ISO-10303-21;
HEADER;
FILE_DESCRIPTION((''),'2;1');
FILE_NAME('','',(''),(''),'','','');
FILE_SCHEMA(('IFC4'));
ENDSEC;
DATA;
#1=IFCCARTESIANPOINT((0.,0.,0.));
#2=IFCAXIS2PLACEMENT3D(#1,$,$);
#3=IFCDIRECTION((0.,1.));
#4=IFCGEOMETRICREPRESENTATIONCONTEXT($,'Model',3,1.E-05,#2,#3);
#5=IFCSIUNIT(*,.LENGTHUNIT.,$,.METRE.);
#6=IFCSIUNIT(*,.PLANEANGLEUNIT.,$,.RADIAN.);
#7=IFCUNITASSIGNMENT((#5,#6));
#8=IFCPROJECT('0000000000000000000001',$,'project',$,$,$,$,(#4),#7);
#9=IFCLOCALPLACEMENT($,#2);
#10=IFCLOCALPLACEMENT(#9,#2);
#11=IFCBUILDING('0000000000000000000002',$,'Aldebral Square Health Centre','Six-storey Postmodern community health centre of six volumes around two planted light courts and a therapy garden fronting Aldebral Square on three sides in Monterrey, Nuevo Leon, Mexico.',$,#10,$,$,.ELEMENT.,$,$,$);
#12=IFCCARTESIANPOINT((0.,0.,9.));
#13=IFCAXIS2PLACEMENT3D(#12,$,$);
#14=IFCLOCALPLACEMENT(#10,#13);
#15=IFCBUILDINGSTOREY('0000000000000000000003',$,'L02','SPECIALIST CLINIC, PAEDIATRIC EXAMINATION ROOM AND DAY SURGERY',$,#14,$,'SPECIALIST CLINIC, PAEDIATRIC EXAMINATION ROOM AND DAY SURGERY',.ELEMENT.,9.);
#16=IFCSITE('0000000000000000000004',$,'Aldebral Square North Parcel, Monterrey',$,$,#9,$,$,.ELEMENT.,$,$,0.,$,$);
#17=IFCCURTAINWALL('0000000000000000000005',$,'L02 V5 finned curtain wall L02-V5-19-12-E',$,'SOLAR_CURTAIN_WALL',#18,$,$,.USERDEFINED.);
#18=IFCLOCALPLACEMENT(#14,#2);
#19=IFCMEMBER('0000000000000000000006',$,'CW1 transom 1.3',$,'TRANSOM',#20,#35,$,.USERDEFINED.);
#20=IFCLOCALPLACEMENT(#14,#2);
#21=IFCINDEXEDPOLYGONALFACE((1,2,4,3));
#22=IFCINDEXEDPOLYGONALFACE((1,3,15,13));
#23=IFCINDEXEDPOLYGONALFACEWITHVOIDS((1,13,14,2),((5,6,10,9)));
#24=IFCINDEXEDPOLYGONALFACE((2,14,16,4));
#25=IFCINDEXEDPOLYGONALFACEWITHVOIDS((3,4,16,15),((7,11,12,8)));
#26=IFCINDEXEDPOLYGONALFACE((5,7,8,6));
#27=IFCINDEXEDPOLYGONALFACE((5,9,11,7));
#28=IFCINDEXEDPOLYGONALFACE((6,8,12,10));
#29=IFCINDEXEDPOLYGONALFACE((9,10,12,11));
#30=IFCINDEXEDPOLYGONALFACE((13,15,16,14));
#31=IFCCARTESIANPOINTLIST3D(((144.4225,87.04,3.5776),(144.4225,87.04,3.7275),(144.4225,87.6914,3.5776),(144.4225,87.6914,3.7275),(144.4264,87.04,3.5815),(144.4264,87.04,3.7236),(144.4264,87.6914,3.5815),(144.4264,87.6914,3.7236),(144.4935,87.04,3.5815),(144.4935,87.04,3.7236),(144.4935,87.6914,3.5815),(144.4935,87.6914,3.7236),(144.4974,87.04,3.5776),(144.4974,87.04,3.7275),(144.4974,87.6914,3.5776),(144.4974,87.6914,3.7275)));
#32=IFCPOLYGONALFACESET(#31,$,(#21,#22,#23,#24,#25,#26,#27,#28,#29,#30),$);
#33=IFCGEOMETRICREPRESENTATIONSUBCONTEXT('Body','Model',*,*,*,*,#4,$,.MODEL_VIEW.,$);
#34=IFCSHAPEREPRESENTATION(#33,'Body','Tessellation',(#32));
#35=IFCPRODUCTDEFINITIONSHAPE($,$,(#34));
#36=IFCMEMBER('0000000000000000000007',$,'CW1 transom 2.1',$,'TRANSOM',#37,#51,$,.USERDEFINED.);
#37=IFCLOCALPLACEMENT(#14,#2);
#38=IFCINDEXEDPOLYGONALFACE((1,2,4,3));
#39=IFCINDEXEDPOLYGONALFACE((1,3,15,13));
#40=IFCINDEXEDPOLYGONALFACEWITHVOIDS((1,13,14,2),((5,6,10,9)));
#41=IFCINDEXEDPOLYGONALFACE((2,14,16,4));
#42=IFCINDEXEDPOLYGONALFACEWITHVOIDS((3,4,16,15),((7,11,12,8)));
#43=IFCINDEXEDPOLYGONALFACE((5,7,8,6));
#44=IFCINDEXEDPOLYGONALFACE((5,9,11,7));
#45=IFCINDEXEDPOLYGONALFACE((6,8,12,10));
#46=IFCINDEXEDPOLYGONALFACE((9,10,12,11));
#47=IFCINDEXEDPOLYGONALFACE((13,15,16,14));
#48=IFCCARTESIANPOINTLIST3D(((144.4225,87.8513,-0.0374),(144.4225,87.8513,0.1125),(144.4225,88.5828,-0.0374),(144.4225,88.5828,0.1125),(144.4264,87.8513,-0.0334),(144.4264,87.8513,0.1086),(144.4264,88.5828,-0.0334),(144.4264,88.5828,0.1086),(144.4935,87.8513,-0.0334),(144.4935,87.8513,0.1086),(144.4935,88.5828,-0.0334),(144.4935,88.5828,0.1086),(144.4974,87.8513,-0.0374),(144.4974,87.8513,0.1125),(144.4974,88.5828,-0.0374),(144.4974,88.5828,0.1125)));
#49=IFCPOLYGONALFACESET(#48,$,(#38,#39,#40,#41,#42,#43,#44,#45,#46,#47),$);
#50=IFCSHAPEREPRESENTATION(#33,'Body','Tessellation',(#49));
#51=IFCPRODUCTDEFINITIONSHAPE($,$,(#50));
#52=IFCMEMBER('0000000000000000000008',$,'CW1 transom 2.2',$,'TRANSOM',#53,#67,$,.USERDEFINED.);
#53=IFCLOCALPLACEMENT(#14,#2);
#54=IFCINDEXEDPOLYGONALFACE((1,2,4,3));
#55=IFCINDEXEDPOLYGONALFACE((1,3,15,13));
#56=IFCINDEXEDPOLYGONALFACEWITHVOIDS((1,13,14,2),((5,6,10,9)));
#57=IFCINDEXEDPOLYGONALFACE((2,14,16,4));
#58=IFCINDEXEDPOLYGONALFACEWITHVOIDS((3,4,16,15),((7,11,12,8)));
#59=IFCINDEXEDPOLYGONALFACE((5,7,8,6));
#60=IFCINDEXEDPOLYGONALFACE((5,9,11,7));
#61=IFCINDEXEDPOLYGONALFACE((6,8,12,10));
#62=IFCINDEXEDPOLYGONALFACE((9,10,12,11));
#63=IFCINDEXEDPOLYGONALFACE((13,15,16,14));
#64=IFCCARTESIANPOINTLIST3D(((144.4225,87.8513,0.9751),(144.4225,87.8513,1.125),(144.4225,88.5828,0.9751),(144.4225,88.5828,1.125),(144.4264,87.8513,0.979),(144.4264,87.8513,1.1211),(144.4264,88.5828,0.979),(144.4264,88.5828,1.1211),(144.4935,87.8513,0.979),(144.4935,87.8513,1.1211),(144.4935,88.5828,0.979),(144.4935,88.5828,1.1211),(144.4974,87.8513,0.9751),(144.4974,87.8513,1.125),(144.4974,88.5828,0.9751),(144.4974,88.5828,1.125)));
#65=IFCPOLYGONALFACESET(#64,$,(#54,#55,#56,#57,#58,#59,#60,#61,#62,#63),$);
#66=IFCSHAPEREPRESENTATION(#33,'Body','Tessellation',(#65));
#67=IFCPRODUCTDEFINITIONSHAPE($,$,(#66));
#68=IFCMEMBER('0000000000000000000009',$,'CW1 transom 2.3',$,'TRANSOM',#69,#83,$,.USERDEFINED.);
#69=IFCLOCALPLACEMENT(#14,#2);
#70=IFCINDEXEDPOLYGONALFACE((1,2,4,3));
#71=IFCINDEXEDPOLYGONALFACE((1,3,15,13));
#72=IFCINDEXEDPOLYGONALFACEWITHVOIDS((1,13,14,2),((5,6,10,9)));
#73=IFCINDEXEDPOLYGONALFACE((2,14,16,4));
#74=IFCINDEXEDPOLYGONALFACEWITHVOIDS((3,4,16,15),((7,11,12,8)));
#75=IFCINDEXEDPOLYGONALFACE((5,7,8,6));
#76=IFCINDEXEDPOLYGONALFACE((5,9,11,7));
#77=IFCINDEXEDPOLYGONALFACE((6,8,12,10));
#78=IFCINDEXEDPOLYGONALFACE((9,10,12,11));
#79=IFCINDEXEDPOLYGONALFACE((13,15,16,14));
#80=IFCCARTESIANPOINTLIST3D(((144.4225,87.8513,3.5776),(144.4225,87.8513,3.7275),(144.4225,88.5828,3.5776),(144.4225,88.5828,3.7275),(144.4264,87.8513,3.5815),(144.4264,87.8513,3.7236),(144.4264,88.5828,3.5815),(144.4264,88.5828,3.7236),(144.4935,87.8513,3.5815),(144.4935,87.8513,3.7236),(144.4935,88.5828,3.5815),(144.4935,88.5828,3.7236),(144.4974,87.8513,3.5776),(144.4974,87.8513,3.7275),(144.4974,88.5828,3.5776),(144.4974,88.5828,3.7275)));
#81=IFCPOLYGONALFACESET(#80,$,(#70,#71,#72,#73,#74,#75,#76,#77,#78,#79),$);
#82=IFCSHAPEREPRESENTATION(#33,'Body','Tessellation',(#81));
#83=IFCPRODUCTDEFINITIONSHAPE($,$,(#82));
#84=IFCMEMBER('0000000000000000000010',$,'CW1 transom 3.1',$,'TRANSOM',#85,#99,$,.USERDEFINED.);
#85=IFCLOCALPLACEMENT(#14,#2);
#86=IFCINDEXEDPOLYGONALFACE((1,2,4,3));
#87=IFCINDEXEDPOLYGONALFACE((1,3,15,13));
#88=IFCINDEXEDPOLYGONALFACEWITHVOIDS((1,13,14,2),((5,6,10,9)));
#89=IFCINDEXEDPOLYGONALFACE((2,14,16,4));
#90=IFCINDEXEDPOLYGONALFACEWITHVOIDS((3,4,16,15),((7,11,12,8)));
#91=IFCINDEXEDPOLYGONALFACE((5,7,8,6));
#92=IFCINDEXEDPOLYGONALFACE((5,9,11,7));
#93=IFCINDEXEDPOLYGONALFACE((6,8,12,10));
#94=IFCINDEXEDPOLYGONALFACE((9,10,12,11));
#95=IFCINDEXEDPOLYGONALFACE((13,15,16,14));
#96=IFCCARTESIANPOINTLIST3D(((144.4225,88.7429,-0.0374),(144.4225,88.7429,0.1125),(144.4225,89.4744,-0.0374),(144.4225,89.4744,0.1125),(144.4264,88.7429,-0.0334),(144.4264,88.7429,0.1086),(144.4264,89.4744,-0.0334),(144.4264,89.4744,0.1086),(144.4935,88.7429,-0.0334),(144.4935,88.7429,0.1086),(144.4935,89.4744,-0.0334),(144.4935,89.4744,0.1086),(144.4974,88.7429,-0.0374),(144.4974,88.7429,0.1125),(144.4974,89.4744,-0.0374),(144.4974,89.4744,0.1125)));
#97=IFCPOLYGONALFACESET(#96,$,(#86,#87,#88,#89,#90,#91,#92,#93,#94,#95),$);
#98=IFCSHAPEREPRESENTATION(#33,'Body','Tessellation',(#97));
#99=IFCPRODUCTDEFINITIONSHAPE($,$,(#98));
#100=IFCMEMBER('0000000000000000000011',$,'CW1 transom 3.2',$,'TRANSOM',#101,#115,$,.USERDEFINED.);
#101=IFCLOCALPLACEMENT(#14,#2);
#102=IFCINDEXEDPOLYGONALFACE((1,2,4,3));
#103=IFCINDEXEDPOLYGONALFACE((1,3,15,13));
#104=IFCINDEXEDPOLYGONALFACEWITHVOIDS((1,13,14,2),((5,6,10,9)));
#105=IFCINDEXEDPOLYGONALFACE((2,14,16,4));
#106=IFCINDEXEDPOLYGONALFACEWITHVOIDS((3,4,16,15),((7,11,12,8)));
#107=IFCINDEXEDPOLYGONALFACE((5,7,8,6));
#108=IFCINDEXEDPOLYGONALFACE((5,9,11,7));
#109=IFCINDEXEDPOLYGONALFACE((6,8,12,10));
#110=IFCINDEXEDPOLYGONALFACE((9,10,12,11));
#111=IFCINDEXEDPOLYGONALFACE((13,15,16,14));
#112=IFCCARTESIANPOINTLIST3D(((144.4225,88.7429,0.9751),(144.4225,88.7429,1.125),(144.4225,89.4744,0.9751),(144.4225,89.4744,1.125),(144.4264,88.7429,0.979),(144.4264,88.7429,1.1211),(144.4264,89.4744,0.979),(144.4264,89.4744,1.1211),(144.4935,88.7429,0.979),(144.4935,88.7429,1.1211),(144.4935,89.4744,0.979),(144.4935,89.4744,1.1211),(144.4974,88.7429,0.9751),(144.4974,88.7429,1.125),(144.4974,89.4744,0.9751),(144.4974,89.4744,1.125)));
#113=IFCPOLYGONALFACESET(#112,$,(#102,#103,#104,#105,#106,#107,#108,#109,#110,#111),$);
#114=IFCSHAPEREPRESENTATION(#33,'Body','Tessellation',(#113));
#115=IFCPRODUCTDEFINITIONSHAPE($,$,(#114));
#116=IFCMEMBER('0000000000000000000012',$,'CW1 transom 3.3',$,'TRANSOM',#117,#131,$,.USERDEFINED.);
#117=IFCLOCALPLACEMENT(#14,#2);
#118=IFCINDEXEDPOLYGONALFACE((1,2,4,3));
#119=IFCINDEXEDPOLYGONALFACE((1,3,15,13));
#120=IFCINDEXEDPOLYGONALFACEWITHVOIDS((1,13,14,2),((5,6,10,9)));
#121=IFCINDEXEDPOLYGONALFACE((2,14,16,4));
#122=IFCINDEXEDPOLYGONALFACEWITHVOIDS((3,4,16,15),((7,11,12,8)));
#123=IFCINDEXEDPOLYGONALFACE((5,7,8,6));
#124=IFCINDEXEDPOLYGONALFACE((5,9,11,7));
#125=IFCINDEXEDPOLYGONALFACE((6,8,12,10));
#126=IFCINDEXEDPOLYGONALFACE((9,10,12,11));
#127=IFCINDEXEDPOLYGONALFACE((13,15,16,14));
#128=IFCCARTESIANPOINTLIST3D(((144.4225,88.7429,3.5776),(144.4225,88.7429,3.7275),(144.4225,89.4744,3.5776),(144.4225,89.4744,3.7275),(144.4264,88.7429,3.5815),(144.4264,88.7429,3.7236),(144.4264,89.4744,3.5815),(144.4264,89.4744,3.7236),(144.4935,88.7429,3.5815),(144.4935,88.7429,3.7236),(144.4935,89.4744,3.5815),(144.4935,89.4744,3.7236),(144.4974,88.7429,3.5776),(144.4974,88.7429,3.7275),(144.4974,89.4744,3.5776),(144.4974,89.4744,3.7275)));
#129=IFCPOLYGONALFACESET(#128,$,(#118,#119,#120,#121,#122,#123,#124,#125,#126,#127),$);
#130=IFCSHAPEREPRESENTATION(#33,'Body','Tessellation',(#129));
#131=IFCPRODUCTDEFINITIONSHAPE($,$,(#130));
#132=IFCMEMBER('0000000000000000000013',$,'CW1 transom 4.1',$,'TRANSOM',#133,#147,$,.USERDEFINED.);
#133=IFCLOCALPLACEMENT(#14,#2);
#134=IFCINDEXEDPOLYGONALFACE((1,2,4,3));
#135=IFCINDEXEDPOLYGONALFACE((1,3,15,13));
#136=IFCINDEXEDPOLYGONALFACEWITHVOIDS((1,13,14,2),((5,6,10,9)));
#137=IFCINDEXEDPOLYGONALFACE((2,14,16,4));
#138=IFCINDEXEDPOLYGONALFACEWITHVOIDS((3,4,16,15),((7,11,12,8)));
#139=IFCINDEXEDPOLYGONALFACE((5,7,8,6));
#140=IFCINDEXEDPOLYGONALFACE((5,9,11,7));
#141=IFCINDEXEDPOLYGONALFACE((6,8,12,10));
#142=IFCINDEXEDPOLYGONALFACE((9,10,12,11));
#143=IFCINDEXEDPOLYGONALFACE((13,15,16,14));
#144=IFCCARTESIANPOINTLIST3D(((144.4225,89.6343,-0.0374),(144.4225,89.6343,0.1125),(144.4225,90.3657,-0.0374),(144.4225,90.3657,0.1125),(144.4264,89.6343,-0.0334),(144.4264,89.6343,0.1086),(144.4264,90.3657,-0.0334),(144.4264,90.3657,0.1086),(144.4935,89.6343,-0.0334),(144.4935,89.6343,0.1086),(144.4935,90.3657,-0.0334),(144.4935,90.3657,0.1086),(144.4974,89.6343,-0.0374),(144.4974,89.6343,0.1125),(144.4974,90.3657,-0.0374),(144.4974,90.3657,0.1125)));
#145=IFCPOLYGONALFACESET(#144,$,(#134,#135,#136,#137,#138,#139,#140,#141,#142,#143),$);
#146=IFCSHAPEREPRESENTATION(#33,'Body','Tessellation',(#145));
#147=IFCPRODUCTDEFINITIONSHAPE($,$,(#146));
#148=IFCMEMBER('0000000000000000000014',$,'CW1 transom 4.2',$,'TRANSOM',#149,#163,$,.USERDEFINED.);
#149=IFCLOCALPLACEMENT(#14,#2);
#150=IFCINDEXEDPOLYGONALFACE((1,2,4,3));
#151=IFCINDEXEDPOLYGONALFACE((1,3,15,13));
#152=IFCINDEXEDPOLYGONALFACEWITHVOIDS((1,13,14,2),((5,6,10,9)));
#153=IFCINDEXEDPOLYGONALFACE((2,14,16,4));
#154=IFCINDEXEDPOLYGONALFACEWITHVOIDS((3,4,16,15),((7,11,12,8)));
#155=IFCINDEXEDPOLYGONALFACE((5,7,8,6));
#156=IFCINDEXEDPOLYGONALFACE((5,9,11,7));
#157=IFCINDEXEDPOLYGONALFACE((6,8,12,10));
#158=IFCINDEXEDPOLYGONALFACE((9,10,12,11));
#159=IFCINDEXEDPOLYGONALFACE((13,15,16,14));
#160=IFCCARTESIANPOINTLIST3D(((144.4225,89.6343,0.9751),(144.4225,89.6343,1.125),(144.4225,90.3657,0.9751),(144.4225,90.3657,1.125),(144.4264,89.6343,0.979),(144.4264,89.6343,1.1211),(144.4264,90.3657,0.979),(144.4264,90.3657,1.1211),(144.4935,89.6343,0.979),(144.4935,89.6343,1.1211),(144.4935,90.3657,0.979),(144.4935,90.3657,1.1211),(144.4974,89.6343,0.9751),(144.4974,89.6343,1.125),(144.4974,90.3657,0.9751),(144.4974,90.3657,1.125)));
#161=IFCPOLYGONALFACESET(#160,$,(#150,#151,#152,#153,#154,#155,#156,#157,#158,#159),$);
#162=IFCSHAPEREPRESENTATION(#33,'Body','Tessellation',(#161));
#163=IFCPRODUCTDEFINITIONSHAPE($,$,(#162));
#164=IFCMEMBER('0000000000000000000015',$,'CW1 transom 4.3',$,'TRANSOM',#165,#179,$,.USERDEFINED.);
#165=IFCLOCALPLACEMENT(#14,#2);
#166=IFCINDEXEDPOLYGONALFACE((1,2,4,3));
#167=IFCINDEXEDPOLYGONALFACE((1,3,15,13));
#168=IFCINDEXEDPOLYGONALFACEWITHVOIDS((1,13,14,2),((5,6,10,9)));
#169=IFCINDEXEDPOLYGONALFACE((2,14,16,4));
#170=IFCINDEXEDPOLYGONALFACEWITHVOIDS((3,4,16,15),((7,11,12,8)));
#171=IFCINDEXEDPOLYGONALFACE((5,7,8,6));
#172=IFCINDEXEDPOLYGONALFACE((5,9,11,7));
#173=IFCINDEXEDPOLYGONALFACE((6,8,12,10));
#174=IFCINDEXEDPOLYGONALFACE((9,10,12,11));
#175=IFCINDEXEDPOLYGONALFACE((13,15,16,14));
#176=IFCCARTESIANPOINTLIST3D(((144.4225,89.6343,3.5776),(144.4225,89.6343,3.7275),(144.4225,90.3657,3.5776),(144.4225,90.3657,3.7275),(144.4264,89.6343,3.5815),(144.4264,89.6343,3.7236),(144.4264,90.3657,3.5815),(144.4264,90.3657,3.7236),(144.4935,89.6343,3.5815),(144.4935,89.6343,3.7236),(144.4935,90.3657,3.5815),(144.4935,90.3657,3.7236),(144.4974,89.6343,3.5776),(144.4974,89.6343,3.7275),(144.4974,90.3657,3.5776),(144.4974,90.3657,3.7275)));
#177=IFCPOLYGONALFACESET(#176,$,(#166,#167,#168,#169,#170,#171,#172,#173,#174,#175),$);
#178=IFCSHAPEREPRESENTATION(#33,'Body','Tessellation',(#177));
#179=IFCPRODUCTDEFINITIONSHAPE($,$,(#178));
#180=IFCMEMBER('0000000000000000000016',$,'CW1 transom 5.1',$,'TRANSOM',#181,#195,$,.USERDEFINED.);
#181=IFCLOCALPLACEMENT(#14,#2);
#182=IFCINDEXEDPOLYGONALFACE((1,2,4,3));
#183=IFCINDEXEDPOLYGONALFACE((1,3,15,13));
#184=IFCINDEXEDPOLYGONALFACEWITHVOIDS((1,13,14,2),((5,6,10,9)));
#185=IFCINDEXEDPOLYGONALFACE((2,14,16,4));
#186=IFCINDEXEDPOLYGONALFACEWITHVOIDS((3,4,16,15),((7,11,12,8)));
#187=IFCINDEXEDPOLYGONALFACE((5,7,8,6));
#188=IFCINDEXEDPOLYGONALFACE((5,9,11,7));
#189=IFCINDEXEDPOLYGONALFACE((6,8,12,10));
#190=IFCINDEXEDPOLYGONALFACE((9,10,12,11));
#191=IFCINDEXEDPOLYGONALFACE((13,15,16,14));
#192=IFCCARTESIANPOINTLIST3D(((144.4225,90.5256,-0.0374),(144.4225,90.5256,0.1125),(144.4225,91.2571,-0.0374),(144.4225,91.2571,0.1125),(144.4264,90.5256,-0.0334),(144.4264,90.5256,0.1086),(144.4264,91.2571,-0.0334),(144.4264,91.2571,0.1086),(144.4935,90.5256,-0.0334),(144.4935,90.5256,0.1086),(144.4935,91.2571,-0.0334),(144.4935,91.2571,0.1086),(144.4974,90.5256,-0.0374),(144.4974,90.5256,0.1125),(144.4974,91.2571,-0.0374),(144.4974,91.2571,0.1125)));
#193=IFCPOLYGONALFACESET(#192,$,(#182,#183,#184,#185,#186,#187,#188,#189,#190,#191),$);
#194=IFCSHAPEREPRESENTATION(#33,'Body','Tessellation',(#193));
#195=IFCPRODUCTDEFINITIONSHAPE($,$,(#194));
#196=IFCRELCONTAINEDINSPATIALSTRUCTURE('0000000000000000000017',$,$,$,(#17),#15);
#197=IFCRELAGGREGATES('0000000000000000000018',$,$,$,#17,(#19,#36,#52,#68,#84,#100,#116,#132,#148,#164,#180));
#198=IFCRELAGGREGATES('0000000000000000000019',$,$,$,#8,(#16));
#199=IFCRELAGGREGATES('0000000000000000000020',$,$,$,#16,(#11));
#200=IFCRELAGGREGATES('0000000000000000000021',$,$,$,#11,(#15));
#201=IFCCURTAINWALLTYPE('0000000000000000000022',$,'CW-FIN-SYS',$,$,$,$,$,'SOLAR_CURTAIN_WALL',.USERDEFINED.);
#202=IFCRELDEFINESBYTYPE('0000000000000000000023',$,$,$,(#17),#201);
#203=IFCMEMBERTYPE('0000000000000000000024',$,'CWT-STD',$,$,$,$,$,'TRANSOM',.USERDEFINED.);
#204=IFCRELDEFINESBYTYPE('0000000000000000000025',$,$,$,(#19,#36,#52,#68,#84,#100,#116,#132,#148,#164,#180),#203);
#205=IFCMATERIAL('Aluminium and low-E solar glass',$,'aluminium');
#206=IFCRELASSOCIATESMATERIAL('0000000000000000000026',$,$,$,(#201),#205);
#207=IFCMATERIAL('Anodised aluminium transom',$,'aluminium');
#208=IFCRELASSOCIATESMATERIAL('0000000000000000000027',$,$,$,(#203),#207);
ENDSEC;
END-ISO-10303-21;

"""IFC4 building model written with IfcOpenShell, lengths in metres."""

from ifc_helpers import new_model, si_unit, direction, frame, origin, origin_2d, place, context, subcontext, project, spatial, hollow_rectangle, extrude, material, material_profile, profile_set, type_object, element, aggregate, save


model = new_model("IFC4")

# Units and contexts
model_context = context("Model", 3, precision=1e-05, world=origin(), true_north=direction((0.0, 1.0)))
body_context = subcontext(model_context, "Body", "Model", "MODEL_VIEW")
ifc_project = project(units=[si_unit("LENGTHUNIT", "METRE"), si_unit("PLANEANGLEUNIT", "RADIAN")], contexts=[model_context])

# Site, building, storey
site_placement = place(None, origin())
site = spatial("IfcSite", under=ifc_project, at=site_placement, Name="Aldebral Square North Parcel, Monterrey", CompositionType="ELEMENT", RefElevation=0.0)
building_placement = place(site_placement, origin())
building = spatial("IfcBuilding", under=site, at=building_placement, Name="Aldebral Square Health Centre", Description="Six-storey Postmodern community health centre of six volumes around two planted light courts and a therapy garden fronting Aldebral Square on three sides in Monterrey, Nuevo Leon, Mexico.", CompositionType="ELEMENT")
storey_placement = place(building_placement, frame((0.0, 0.0, 9.0)))
storey = spatial("IfcBuildingStorey", under=building, at=storey_placement, Name="L02", Description="SPECIALIST CLINIC, PAEDIATRIC EXAMINATION ROOM AND DAY SURGERY", LongName="SPECIALIST CLINIC, PAEDIATRIC EXAMINATION ROOM AND DAY SURGERY", CompositionType="ELEMENT", Elevation=9.0)

# Shared definitions
ifc_material_1 = material(Name="Aluminium and low-E solar glass", Category="aluminium")
curtain_wall_type = type_object("IfcCurtainWallType", Name="CW-FIN-SYS", ElementType="SOLAR_CURTAIN_WALL", PredefinedType="USERDEFINED", material=ifc_material_1)

# Curtain wall
curtain_wall_1_placement = place(storey_placement, origin())
curtain_wall_1 = element("IfcCurtainWall", 1, at=curtain_wall_1_placement, inside=storey, type_object=curtain_wall_type, Name="L02 V5 finned curtain wall L02-V5-19-12-E", ObjectType="SOLAR_CURTAIN_WALL", PredefinedType="USERDEFINED")

# Members
ifc_material_2 = material(Name="Anodised aluminium transom", Category="aluminium")
ifc_material_profile_1 = material_profile(ifc_material_2, hollow_rectangle(XDim=0.075, YDim=0.1499, WallThickness=0.0039, at=origin_2d()), Name="CWT 75x150x4")
ifc_profile_set_1 = profile_set([ifc_material_profile_1], Name="Anodised aluminium transom")
member_type_1 = type_object("IfcMemberType", Name="CWT-STD", ElementType="TRANSOM", PredefinedType="USERDEFINED", material=ifc_profile_set_1)
member_1_placement = place(storey_placement, frame((144.46, 87.04, 3.6526), z_axis=(0.0, 1.0, 0.0), x_axis=(-1.0, 0.0, 0.0)))
member_1 = element("IfcMember", 2, at=member_1_placement, type_object=member_type_1, Name="CW1 transom 1.3", ObjectType="TRANSOM", PredefinedType="USERDEFINED", context=body_context, shape_type="SweptSolid", body=[
    extrude(hollow_rectangle(XDim=0.075, YDim=0.1499, WallThickness=0.0039, at=origin_2d()), origin(), (0.0, 0.0, 1.0), 0.6514),
])
member_2_placement = place(storey_placement, frame((144.46, 87.8513, 0.0376), z_axis=(0.0, 1.0, 0.0), x_axis=(-1.0, 0.0, 0.0)))
member_2 = element("IfcMember", 3, at=member_2_placement, type_object=member_type_1, Name="CW1 transom 2.1", ObjectType="TRANSOM", PredefinedType="USERDEFINED", context=body_context, shape_type="SweptSolid", body=[
    extrude(hollow_rectangle(XDim=0.075, YDim=0.1499, WallThickness=0.0039, at=origin_2d()), origin(), (0.0, 0.0, 1.0), 0.7314),
])
member_3_placement = place(storey_placement, frame((144.46, 87.8513, 1.05), z_axis=(0.0, 1.0, 0.0), x_axis=(-1.0, 0.0, 0.0)))
member_3 = element("IfcMember", 4, at=member_3_placement, type_object=member_type_1, Name="CW1 transom 2.2", ObjectType="TRANSOM", PredefinedType="USERDEFINED", context=body_context, shape_type="SweptSolid", body=[
    extrude(hollow_rectangle(XDim=0.075, YDim=0.1499, WallThickness=0.0039, at=origin_2d()), origin(), (0.0, 0.0, 1.0), 0.7314),
])
member_4_placement = place(storey_placement, frame((144.46, 87.8513, 3.6526), z_axis=(0.0, 1.0, 0.0), x_axis=(-1.0, 0.0, 0.0)))
member_4 = element("IfcMember", 5, at=member_4_placement, type_object=member_type_1, Name="CW1 transom 2.3", ObjectType="TRANSOM", PredefinedType="USERDEFINED", context=body_context, shape_type="SweptSolid", body=[
    extrude(hollow_rectangle(XDim=0.075, YDim=0.1499, WallThickness=0.0039, at=origin_2d()), origin(), (0.0, 0.0, 1.0), 0.7314),
])
member_5_placement = place(storey_placement, frame((144.46, 88.7429, 0.0376), z_axis=(0.0, 1.0, 0.0), x_axis=(-1.0, 0.0, 0.0)))
member_5 = element("IfcMember", 6, at=member_5_placement, type_object=member_type_1, Name="CW1 transom 3.1", ObjectType="TRANSOM", PredefinedType="USERDEFINED", context=body_context, shape_type="SweptSolid", body=[
    extrude(hollow_rectangle(XDim=0.075, YDim=0.1499, WallThickness=0.0039, at=origin_2d()), origin(), (0.0, 0.0, 1.0), 0.7314),
])
member_6_placement = place(storey_placement, frame((144.46, 88.7429, 1.05), z_axis=(0.0, 1.0, 0.0), x_axis=(-1.0, 0.0, 0.0)))
member_6 = element("IfcMember", 7, at=member_6_placement, type_object=member_type_1, Name="CW1 transom 3.2", ObjectType="TRANSOM", PredefinedType="USERDEFINED", context=body_context, shape_type="SweptSolid", body=[
    extrude(hollow_rectangle(XDim=0.075, YDim=0.1499, WallThickness=0.0039, at=origin_2d()), origin(), (0.0, 0.0, 1.0), 0.7314),
])
member_7_placement = place(storey_placement, frame((144.46, 88.7429, 3.6526), z_axis=(0.0, 1.0, 0.0), x_axis=(-1.0, 0.0, 0.0)))
member_7 = element("IfcMember", 8, at=member_7_placement, type_object=member_type_1, Name="CW1 transom 3.3", ObjectType="TRANSOM", PredefinedType="USERDEFINED", context=body_context, shape_type="SweptSolid", body=[
    extrude(hollow_rectangle(XDim=0.075, YDim=0.1499, WallThickness=0.0039, at=origin_2d()), origin(), (0.0, 0.0, 1.0), 0.7314),
])
member_8_placement = place(storey_placement, frame((144.46, 89.6343, 0.0376), z_axis=(0.0, 1.0, 0.0), x_axis=(-1.0, 0.0, 0.0)))
member_8 = element("IfcMember", 9, at=member_8_placement, type_object=member_type_1, Name="CW1 transom 4.1", ObjectType="TRANSOM", PredefinedType="USERDEFINED", context=body_context, shape_type="SweptSolid", body=[
    extrude(hollow_rectangle(XDim=0.075, YDim=0.1499, WallThickness=0.0039, at=origin_2d()), origin(), (0.0, 0.0, 1.0), 0.7314),
])
member_9_placement = place(storey_placement, frame((144.46, 89.6343, 1.05), z_axis=(0.0, 1.0, 0.0), x_axis=(-1.0, 0.0, 0.0)))
member_9 = element("IfcMember", 10, at=member_9_placement, type_object=member_type_1, Name="CW1 transom 4.2", ObjectType="TRANSOM", PredefinedType="USERDEFINED", context=body_context, shape_type="SweptSolid", body=[
    extrude(hollow_rectangle(XDim=0.075, YDim=0.1499, WallThickness=0.0039, at=origin_2d()), origin(), (0.0, 0.0, 1.0), 0.7314),
])
member_10_placement = place(storey_placement, frame((144.46, 89.6343, 3.6526), z_axis=(0.0, 1.0, 0.0), x_axis=(-1.0, 0.0, 0.0)))
member_10 = element("IfcMember", 11, at=member_10_placement, type_object=member_type_1, Name="CW1 transom 4.3", ObjectType="TRANSOM", PredefinedType="USERDEFINED", context=body_context, shape_type="SweptSolid", body=[
    extrude(hollow_rectangle(XDim=0.075, YDim=0.1499, WallThickness=0.0039, at=origin_2d()), origin(), (0.0, 0.0, 1.0), 0.7314),
])
member_11_placement = place(storey_placement, frame((144.46, 90.5256, 0.0376), z_axis=(0.0, 1.0, 0.0), x_axis=(-1.0, 0.0, 0.0)))
member_11 = element("IfcMember", 12, at=member_11_placement, type_object=member_type_1, Name="CW1 transom 5.1", ObjectType="TRANSOM", PredefinedType="USERDEFINED", context=body_context, shape_type="SweptSolid", body=[
    extrude(hollow_rectangle(XDim=0.075, YDim=0.1499, WallThickness=0.0039, at=origin_2d()), origin(), (0.0, 0.0, 1.0), 0.7314),
])

aggregate(curtain_wall_1, [member_1, member_2, member_3, member_4, member_5, member_6, member_7, member_8, member_9, member_10, member_11])

save(model, "model.ifc")
